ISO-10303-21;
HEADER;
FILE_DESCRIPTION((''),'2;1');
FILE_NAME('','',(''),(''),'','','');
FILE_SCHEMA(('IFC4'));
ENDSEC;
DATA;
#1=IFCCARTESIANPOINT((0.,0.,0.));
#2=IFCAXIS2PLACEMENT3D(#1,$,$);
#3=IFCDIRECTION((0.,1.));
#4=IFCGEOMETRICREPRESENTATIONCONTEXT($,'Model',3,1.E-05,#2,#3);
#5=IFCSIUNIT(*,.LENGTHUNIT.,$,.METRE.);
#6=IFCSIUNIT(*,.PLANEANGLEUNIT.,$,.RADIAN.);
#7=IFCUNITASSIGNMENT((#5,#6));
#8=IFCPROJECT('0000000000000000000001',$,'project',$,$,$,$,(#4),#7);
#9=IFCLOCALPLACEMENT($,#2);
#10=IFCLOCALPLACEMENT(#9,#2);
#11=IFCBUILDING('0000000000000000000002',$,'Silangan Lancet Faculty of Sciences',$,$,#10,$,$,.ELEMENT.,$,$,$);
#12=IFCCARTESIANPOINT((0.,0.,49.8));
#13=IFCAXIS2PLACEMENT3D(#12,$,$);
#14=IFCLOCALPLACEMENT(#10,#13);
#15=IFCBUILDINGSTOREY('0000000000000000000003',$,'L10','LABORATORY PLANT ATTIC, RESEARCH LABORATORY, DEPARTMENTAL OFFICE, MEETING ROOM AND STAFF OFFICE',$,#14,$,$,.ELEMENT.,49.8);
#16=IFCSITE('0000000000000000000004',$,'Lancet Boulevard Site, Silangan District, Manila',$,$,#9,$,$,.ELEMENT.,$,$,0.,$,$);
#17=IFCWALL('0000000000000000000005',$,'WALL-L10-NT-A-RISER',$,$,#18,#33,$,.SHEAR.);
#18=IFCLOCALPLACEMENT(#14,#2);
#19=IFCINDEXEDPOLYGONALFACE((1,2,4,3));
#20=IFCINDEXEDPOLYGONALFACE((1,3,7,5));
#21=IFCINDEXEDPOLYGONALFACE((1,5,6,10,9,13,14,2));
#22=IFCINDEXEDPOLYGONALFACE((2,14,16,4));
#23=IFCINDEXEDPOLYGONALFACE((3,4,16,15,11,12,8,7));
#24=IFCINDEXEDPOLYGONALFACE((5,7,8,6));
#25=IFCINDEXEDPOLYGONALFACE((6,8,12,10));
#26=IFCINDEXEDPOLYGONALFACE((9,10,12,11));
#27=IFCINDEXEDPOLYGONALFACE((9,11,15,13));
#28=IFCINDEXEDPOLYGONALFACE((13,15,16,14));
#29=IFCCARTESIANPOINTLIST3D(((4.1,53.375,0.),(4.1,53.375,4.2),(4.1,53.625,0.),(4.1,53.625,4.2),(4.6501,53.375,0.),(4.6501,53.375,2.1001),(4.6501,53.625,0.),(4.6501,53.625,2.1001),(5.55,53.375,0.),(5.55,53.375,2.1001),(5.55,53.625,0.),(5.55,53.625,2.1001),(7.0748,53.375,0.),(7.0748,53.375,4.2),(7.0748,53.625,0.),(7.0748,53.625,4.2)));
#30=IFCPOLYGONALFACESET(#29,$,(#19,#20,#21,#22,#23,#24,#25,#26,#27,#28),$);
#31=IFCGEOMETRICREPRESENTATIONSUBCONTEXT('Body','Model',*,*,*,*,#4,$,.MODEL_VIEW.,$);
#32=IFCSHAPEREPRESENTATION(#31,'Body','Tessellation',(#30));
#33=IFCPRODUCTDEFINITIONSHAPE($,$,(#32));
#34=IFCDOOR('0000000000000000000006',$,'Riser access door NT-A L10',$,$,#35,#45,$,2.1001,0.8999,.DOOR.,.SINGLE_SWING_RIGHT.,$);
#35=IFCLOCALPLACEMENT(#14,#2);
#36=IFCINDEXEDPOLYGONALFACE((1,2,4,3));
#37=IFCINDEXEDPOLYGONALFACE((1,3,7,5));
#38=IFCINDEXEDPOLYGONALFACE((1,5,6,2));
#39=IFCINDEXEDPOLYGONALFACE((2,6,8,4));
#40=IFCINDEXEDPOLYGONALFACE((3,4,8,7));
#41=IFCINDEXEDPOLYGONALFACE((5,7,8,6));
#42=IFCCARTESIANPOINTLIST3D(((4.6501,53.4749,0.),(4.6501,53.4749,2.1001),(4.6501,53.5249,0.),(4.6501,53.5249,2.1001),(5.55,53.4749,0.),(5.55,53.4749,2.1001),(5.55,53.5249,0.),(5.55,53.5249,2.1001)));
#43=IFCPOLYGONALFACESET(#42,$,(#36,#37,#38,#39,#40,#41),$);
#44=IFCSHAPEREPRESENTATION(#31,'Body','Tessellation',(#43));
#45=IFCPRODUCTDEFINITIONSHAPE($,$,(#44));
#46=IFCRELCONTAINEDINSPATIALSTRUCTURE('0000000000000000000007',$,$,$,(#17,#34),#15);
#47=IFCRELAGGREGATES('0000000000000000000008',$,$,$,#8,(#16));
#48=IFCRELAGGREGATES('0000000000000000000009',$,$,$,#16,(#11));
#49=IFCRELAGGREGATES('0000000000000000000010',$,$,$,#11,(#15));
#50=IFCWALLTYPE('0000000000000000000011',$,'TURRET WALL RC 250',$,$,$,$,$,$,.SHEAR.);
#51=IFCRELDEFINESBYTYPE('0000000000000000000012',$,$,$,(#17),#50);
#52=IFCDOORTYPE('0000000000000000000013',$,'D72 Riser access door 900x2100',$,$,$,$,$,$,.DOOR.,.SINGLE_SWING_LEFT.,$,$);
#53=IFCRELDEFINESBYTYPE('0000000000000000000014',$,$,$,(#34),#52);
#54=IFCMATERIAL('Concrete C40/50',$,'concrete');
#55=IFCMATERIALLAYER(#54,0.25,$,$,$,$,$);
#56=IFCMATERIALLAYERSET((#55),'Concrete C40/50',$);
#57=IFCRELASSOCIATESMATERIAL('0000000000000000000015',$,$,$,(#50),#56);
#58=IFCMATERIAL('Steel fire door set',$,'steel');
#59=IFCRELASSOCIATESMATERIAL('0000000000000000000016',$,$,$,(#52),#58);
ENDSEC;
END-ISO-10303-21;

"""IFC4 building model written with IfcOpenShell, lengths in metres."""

from ifc_helpers import new_model, si_unit, direction, frame, frame_2d, origin, place, context, subcontext, project, spatial, rectangle, extrude, material, layer, layer_set, type_object, element, fill, save


model = new_model("IFC4")

# Units and contexts
model_context = context("Model", 3, precision=1e-05, world=origin(), true_north=direction((0.0, 1.0)))
body_context = subcontext(model_context, "Body", "Model", "MODEL_VIEW")
ifc_project = project(units=[si_unit("LENGTHUNIT", "METRE"), si_unit("PLANEANGLEUNIT", "RADIAN")], contexts=[model_context])

# Site, building, storey
site_placement = place(None, origin())
site = spatial("IfcSite", under=ifc_project, at=site_placement, Name="Lancet Boulevard Site, Silangan District, Manila", CompositionType="ELEMENT", RefElevation=0.0)
building_placement = place(site_placement, origin())
building = spatial("IfcBuilding", under=site, at=building_placement, Name="Silangan Lancet Faculty of Sciences", CompositionType="ELEMENT")
storey_placement = place(building_placement, frame((0.0, 0.0, 49.8)))
storey = spatial("IfcBuildingStorey", under=building, at=storey_placement, Name="L10", Description="LABORATORY PLANT ATTIC, RESEARCH LABORATORY, DEPARTMENTAL OFFICE, MEETING ROOM AND STAFF OFFICE", CompositionType="ELEMENT", Elevation=49.8)

# Shared definitions
ifc_material_1 = material(Name="Concrete C40/50", Category="concrete")
ifc_layer_1 = layer(ifc_material_1, 0.25)
ifc_layer_set_1 = layer_set([ifc_layer_1], Name="Concrete C40/50")
wall_type_1 = type_object("IfcWallType", Name="TURRET WALL RC 250", PredefinedType="SHEAR", material=ifc_layer_set_1)

# Wall, opening, door
wall_1_placement = place(storey_placement, frame((4.1001, 53.5, 0.0), z_axis=(0.0, 0.0, 1.0), x_axis=(1.0, 0.0, 0.0)))
wall_1 = element("IfcWall", 1, at=wall_1_placement, inside=storey, type_object=wall_type_1, Name="WALL-L10-NT-A-RISER", PredefinedType="SHEAR", context=body_context, shape_type="SweptSolid", body=[
    extrude(rectangle(XDim=2.9749, YDim=0.25, at=frame_2d((1.4873, 0.0))), origin(), (0.0, 0.0, 1.0), 4.2),
])
opening_1_placement = place(wall_1_placement, frame((0.55, 0.0, 0.0)))
opening_1 = element("IfcOpeningElement", 2, at=opening_1_placement, cuts=wall_1, PredefinedType="OPENING", context=body_context, shape_type="SweptSolid", body=[
    extrude(rectangle(XDim=0.8999, YDim=2.1001, at=frame_2d((0.45, 1.05))), frame((0.0, 0.135, 0.0), z_axis=(0.0, -1.0, 0.0), x_axis=(1.0, 0.0, 0.0)), (0.0, 0.0, 1.0), 0.27),
])
ifc_material_2 = material(Name="Steel fire door set", Category="steel")
door_type_1 = type_object("IfcDoorType", Name="D72 Riser access door 900x2100", OperationType="SINGLE_SWING_LEFT", PredefinedType="DOOR", material=ifc_material_2)
door_1_placement = place(opening_1_placement, origin())
door_1 = element("IfcDoor", 3, at=door_1_placement, inside=storey, type_object=door_type_1, Name="Riser access door NT-A L10", OperationType="SINGLE_SWING_RIGHT", OverallHeight=2.1001, OverallWidth=0.8999, PredefinedType="DOOR", context=body_context, shape_type="SweptSolid", body=[
    extrude(rectangle(XDim=0.8999, YDim=2.1001, at=frame_2d((0.45, 1.05))), frame((0.0, 0.0249, 0.0), z_axis=(0.0, -1.0, 0.0), x_axis=(1.0, 0.0, 0.0)), (0.0, 0.0, 1.0), 0.05),
])
fill(opening_1, door_1)

save(model, "model.ifc")
